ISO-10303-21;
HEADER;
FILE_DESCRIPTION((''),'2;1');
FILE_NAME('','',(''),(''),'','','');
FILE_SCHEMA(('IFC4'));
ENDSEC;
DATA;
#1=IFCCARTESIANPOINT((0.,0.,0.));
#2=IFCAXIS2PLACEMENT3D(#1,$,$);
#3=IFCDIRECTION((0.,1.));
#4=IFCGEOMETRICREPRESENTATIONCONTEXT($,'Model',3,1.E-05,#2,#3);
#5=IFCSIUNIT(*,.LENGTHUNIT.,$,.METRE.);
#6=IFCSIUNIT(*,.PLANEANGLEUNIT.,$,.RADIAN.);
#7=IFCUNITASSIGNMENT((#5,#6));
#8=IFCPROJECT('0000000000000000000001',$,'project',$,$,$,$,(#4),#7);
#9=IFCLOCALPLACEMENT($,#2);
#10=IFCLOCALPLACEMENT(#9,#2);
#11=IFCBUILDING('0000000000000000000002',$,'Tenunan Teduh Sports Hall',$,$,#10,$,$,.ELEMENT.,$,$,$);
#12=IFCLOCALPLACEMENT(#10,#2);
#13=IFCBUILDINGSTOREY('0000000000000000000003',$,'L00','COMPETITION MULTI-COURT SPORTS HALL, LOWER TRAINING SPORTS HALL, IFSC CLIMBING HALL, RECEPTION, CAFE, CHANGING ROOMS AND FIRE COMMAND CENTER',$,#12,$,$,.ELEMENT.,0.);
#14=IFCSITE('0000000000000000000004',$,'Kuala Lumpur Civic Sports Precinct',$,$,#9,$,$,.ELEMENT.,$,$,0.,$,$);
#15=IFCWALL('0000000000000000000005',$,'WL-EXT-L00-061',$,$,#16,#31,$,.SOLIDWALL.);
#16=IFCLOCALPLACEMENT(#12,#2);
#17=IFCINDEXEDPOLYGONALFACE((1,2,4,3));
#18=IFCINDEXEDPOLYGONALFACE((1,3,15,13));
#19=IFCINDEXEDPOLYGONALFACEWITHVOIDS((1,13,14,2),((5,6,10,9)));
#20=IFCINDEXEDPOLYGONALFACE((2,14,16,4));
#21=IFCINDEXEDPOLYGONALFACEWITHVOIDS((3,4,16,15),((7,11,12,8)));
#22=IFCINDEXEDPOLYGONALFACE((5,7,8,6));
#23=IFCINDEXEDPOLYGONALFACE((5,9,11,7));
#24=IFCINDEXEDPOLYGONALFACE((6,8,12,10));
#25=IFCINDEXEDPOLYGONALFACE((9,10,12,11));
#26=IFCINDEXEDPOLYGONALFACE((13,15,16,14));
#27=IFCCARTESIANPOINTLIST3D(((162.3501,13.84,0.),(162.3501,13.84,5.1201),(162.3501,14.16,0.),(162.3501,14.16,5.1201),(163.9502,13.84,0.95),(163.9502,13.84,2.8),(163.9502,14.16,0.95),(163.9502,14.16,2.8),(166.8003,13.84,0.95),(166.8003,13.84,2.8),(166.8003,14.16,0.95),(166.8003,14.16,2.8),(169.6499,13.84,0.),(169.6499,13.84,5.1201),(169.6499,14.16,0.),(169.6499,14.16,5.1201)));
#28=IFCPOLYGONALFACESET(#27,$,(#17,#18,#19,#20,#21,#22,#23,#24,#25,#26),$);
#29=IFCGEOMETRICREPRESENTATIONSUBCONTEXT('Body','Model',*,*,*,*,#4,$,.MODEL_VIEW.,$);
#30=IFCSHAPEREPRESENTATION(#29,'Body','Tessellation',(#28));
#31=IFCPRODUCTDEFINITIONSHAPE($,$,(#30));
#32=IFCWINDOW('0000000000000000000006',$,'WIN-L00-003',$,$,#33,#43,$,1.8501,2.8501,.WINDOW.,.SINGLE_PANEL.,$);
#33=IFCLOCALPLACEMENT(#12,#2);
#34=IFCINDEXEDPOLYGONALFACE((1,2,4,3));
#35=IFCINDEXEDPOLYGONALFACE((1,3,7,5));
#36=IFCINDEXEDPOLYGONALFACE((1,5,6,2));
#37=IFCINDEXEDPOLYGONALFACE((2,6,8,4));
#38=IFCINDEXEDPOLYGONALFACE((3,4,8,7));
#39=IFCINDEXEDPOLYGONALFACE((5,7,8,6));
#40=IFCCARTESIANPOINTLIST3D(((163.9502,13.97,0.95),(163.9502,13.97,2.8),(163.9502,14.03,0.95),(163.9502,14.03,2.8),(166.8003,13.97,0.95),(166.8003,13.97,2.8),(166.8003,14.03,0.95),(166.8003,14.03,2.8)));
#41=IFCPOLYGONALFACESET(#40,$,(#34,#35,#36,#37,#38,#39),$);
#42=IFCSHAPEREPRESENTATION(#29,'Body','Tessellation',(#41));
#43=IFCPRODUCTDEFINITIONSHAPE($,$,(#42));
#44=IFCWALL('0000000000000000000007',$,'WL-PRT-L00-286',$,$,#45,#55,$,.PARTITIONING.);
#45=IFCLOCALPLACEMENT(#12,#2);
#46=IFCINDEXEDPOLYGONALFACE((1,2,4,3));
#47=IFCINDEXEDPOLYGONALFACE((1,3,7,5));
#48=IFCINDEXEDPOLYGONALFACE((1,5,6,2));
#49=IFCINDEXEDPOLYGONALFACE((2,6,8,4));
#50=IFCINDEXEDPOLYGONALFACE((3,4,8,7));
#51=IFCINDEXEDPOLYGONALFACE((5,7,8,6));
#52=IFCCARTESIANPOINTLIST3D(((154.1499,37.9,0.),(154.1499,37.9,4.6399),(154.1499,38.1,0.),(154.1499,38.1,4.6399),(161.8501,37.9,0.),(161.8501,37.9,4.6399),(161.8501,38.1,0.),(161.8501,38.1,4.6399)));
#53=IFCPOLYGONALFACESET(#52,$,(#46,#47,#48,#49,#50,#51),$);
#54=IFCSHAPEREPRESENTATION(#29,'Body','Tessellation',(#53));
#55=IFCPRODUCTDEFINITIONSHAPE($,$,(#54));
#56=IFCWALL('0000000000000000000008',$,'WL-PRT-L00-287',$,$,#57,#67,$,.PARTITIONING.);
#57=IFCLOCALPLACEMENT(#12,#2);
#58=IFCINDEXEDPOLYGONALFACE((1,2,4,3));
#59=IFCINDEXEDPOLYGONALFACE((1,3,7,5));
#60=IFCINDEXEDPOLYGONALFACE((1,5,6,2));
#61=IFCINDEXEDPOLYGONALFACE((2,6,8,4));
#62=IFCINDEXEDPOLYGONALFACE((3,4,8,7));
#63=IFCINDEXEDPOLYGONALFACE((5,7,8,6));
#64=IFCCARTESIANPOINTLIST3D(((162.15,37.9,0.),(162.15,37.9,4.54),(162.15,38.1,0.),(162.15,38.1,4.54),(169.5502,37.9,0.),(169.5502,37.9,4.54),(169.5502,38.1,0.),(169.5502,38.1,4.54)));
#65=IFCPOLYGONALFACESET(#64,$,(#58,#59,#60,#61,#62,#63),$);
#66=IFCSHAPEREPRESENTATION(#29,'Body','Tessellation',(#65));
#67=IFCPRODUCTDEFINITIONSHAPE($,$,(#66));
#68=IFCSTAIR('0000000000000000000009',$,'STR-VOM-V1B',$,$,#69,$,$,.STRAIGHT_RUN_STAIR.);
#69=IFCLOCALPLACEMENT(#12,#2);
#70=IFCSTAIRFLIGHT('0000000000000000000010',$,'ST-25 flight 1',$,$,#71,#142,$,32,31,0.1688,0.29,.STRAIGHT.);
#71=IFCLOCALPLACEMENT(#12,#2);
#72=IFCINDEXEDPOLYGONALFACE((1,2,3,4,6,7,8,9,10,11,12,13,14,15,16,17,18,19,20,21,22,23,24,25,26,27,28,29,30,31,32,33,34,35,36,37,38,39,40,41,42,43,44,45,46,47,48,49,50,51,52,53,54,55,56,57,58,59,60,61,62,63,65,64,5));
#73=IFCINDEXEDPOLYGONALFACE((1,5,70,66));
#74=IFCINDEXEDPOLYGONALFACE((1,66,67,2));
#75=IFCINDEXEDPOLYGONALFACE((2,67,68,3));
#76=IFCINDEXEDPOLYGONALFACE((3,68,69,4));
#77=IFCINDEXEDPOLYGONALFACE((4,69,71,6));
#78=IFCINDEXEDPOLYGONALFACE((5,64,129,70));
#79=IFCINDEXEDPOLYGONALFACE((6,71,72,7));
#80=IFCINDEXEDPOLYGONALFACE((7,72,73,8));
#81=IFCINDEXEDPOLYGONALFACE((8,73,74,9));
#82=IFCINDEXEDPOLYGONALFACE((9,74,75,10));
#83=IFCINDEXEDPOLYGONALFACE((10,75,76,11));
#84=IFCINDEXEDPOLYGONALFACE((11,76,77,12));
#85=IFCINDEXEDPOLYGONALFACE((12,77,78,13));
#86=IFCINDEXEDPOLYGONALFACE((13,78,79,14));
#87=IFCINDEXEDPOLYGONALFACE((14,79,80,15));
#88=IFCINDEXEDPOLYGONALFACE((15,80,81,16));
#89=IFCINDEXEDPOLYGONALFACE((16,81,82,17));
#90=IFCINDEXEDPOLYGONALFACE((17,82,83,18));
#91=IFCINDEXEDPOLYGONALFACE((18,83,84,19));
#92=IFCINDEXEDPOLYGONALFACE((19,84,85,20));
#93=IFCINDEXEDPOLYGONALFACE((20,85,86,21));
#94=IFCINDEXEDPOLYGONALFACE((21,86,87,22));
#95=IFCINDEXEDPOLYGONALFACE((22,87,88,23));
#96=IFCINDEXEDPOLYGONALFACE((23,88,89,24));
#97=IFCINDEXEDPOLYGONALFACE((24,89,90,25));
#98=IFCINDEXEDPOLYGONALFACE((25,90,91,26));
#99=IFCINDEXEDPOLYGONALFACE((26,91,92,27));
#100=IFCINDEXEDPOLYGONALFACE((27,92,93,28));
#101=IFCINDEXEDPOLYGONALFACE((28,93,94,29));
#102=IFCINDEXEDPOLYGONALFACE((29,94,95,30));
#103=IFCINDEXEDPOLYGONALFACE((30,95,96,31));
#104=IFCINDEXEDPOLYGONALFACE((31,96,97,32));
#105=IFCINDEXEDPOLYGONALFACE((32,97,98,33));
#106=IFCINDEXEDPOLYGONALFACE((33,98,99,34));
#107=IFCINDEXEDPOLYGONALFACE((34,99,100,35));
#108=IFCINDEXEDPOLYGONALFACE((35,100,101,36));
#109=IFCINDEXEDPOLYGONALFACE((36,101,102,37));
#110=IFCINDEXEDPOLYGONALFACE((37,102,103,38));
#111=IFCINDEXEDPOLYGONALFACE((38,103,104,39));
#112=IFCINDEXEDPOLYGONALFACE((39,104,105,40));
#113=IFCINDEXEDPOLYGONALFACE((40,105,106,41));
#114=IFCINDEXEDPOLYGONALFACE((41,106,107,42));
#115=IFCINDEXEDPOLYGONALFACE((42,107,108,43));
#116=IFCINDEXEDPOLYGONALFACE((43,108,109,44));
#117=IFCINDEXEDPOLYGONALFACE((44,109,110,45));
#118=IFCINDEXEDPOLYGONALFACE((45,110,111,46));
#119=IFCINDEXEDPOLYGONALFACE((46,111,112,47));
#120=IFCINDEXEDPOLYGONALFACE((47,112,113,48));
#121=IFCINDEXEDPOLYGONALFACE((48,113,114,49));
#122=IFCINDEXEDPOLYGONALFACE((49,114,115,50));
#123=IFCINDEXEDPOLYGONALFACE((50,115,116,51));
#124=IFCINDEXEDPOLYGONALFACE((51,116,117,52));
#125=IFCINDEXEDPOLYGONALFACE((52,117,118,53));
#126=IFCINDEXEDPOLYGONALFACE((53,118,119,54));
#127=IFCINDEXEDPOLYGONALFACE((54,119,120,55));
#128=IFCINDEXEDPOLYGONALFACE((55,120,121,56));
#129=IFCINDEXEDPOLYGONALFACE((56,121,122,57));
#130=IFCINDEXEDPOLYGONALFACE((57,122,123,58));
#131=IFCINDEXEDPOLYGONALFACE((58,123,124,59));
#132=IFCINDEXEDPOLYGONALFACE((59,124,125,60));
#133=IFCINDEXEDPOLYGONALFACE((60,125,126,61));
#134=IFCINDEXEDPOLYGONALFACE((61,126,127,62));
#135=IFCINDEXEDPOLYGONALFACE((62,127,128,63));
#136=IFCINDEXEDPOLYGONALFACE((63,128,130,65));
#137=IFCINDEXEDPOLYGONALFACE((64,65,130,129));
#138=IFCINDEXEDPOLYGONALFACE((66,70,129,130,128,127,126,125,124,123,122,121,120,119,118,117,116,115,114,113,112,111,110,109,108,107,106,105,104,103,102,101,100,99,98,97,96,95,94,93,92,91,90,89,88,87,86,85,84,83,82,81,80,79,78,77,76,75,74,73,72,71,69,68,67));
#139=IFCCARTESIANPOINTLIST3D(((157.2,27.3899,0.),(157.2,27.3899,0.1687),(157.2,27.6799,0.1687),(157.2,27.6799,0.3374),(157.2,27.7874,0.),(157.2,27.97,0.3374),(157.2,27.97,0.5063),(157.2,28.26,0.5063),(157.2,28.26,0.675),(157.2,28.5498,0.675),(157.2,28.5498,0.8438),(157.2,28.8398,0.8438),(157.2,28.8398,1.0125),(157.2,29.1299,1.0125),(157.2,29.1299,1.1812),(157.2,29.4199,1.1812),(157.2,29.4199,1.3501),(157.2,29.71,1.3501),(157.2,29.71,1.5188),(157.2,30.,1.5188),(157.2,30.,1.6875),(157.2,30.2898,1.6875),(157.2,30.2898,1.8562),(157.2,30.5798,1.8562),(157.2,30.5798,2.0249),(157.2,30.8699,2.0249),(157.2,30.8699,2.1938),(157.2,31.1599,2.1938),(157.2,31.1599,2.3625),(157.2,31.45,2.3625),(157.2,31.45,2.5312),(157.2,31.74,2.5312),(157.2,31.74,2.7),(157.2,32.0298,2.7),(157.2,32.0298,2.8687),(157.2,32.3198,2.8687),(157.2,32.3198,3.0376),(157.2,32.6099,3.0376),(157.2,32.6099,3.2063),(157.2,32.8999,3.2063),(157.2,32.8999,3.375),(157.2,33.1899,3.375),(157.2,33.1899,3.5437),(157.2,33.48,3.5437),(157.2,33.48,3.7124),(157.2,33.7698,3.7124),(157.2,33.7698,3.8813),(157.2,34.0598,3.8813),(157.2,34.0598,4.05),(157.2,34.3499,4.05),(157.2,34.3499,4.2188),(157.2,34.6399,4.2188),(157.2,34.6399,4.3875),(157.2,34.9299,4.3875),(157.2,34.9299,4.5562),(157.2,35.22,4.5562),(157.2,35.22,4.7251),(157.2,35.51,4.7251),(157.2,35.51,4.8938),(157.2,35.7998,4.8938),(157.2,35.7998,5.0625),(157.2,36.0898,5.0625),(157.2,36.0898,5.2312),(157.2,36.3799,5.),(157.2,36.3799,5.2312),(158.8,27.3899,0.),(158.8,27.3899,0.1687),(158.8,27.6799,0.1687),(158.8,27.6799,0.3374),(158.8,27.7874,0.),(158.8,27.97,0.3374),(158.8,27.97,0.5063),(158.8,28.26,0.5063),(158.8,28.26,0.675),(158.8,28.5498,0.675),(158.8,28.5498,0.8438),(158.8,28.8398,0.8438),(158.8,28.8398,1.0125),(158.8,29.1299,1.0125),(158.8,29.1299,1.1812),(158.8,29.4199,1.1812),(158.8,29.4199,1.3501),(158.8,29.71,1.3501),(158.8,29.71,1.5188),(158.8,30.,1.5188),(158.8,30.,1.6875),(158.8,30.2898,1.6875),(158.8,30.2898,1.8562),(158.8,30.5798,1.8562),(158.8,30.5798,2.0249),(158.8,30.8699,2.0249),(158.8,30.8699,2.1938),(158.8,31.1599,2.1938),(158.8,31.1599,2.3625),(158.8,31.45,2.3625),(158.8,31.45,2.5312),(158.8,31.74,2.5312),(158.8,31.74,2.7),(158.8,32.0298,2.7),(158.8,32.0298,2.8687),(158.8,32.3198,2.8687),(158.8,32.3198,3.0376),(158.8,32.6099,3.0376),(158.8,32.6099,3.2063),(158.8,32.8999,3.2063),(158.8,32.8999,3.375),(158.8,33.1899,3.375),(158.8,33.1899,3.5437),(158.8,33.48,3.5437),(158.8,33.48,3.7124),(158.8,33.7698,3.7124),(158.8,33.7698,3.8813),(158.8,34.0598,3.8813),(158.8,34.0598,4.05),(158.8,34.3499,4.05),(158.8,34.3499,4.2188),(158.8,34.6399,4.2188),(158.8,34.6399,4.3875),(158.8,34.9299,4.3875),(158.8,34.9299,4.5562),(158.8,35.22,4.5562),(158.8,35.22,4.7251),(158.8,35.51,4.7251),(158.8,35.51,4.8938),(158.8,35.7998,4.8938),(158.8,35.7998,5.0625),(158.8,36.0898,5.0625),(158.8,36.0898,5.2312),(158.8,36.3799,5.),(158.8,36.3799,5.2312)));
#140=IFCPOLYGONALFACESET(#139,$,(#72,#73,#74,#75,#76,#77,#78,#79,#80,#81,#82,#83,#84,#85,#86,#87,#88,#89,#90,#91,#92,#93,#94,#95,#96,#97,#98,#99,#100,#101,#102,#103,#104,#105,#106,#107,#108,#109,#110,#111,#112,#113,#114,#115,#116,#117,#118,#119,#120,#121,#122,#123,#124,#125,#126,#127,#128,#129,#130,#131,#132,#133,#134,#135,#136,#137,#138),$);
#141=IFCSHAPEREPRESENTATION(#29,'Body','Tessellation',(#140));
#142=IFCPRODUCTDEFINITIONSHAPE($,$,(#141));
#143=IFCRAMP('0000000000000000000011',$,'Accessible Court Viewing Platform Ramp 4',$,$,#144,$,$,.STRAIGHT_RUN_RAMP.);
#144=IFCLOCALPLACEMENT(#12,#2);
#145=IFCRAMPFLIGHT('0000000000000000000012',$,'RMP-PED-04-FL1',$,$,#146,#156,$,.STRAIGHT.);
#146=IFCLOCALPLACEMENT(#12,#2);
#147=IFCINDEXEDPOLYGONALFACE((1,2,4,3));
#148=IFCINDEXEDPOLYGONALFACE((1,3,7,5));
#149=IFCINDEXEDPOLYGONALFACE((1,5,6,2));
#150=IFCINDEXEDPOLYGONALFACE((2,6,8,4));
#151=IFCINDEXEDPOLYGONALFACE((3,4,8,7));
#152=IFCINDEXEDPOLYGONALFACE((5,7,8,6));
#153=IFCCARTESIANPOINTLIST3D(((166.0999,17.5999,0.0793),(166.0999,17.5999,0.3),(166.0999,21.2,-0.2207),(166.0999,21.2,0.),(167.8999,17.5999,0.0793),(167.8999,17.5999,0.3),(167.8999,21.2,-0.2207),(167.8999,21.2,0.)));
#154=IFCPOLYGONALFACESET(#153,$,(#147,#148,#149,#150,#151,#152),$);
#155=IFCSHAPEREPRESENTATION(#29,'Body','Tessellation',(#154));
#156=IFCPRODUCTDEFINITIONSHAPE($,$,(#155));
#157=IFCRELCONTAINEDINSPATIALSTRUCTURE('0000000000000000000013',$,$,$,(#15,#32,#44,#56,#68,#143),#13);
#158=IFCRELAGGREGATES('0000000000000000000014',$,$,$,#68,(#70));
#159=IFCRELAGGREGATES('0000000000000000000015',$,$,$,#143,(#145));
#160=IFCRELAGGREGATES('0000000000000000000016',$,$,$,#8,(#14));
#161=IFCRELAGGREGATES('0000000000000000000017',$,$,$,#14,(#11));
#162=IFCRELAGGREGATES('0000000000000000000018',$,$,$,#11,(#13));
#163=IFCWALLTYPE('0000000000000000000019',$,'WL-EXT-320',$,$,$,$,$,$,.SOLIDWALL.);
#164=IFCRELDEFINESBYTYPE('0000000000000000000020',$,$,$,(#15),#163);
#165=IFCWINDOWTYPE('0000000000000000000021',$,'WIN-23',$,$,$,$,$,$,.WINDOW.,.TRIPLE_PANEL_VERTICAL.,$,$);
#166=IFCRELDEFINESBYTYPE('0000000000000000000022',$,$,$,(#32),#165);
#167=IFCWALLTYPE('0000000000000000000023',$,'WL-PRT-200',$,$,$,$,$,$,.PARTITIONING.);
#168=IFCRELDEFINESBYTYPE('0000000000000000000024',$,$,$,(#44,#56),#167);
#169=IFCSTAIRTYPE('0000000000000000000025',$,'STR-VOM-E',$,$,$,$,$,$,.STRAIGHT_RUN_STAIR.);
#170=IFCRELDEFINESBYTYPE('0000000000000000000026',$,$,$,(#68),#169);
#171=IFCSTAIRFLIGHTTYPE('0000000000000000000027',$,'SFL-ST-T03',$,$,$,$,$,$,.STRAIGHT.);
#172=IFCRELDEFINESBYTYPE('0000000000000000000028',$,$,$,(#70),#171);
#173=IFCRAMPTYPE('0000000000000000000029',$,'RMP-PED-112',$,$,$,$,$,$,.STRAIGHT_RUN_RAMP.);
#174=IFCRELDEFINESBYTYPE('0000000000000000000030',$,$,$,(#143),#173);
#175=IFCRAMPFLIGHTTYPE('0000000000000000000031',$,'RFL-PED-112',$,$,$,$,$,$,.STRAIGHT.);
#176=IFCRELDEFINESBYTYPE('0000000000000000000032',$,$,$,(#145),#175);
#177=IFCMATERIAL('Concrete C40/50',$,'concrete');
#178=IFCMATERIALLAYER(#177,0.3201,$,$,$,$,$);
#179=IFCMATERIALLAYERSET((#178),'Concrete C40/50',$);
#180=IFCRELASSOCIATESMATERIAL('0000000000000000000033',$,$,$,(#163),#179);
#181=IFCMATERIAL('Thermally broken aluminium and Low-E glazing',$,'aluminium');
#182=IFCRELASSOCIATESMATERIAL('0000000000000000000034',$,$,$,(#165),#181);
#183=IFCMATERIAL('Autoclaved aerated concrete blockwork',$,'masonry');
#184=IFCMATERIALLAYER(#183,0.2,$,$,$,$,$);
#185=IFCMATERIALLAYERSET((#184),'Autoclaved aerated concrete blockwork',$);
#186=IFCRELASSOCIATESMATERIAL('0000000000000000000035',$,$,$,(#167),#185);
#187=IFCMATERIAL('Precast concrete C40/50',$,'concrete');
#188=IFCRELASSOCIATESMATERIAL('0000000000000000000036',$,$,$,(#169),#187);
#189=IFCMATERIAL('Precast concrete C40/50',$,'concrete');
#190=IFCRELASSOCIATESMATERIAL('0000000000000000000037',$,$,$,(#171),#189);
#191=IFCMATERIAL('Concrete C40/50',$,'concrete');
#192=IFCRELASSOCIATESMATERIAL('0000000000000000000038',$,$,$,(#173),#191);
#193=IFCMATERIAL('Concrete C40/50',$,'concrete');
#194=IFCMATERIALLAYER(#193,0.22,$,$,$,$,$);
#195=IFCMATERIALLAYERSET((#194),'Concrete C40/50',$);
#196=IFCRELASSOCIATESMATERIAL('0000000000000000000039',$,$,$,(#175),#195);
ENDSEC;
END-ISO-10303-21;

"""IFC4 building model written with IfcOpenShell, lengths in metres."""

from ifc_helpers import new_model, si_unit, direction, frame, frame_2d, origin, place, context, subcontext, project, spatial, polyline, rectangle, outline, extrude, material, layer, layer_set, type_object, element, fill, aggregate, save


model = new_model("IFC4")

# Units and contexts
model_context = context("Model", 3, precision=1e-05, world=origin(), true_north=direction((0.0, 1.0)))
body_context = subcontext(model_context, "Body", "Model", "MODEL_VIEW")
ifc_project = project(units=[si_unit("LENGTHUNIT", "METRE"), si_unit("PLANEANGLEUNIT", "RADIAN")], contexts=[model_context])

# Site, building, storey
site_placement = place(None, origin())
site = spatial("IfcSite", under=ifc_project, at=site_placement, Name="Kuala Lumpur Civic Sports Precinct", CompositionType="ELEMENT", RefElevation=0.0)
building_placement = place(site_placement, origin())
building = spatial("IfcBuilding", under=site, at=building_placement, Name="Tenunan Teduh Sports Hall", CompositionType="ELEMENT")
storey_placement = place(building_placement, origin())
storey = spatial("IfcBuildingStorey", under=building, at=storey_placement, Name="L00", Description="COMPETITION MULTI-COURT SPORTS HALL, LOWER TRAINING SPORTS HALL, IFSC CLIMBING HALL, RECEPTION, CAFE, CHANGING ROOMS AND FIRE COMMAND CENTER", CompositionType="ELEMENT", Elevation=0.0)

# Wall, opening, window
ifc_material_1 = material(Name="Concrete C40/50", Category="concrete")
ifc_layer_1 = layer(ifc_material_1, 0.3201)
ifc_layer_set_1 = layer_set([ifc_layer_1], Name="Concrete C40/50")
wall_type_1 = type_object("IfcWallType", Name="WL-EXT-320", PredefinedType="SOLIDWALL", material=ifc_layer_set_1)
wall_1_placement = place(storey_placement, frame((162.3501, 14.0, 0.0), z_axis=(0.0, 0.0, 1.0), x_axis=(1.0, 0.0, 0.0)))
wall_1 = element("IfcWall", 1, at=wall_1_placement, inside=storey, type_object=wall_type_1, Name="WL-EXT-L00-061", PredefinedType="SOLIDWALL", context=body_context, shape_type="SweptSolid", body=[
    extrude(rectangle(XDim=7.2998, YDim=0.3201, at=frame_2d((3.6499, 0.0))), origin(), (0.0, 0.0, 1.0), 5.1201),
])
opening_1_placement = place(wall_1_placement, frame((1.6001, 0.0, 0.95)))
opening_1 = element("IfcOpeningElement", 2, at=opening_1_placement, cuts=wall_1, PredefinedType="OPENING", context=body_context, shape_type="SweptSolid", body=[
    extrude(rectangle(XDim=2.8501, YDim=1.8501, at=frame_2d((1.425, 0.925))), frame((0.0, 0.1699, 0.0), z_axis=(0.0, -1.0, 0.0), x_axis=(1.0, 0.0, 0.0)), (0.0, 0.0, 1.0), 0.3401),
])
ifc_material_2 = material(Name="Thermally broken aluminium and Low-E glazing", Category="aluminium")
window_type = type_object("IfcWindowType", Name="WIN-23", PartitioningType="TRIPLE_PANEL_VERTICAL", PredefinedType="WINDOW", material=ifc_material_2)
window_placement = place(opening_1_placement, origin())
window = element("IfcWindow", 3, at=window_placement, inside=storey, type_object=window_type, Name="WIN-L00-003", OverallHeight=1.8501, OverallWidth=2.8501, PartitioningType="SINGLE_PANEL", PredefinedType="WINDOW", context=body_context, shape_type="SweptSolid", body=[
    extrude(rectangle(XDim=2.8501, YDim=1.8501, at=frame_2d((1.425, 0.925))), frame((0.0, 0.03, 0.0), z_axis=(0.0, -1.0, 0.0), x_axis=(1.0, 0.0, 0.0)), (0.0, 0.0, 1.0), 0.0601),
])
fill(opening_1, window)

# Shared definitions
ifc_material_3 = material(Name="Autoclaved aerated concrete blockwork", Category="masonry")
ifc_layer_2 = layer(ifc_material_3, 0.2)
ifc_layer_set_2 = layer_set([ifc_layer_2], Name="Autoclaved aerated concrete blockwork")
wall_type_2 = type_object("IfcWallType", Name="WL-PRT-200", PredefinedType="PARTITIONING", material=ifc_layer_set_2)

# Walls
wall_2_placement = place(storey_placement, frame((154.1499, 38.0, 0.0), z_axis=(0.0, 0.0, 1.0), x_axis=(1.0, 0.0, 0.0)))
element("IfcWall", 4, at=wall_2_placement, inside=storey, type_object=wall_type_2, Name="WL-PRT-L00-286", PredefinedType="PARTITIONING", context=body_context, shape_type="SweptSolid", body=[
    extrude(rectangle(XDim=7.7002, YDim=0.2, at=frame_2d((3.8501, 0.0))), origin(), (0.0, 0.0, 1.0), 4.6399),
])
wall_3_placement = place(storey_placement, frame((162.1499, 38.0, 0.0), z_axis=(0.0, 0.0, 1.0), x_axis=(1.0, 0.0, 0.0)))
element("IfcWall", 5, at=wall_3_placement, inside=storey, type_object=wall_type_2, Name="WL-PRT-L00-287", PredefinedType="PARTITIONING", context=body_context, shape_type="SweptSolid", body=[
    extrude(rectangle(XDim=7.4001, YDim=0.2, at=frame_2d((3.7002, 0.0))), origin(), (0.0, 0.0, 1.0), 4.54),
])

# Stair, stair flight
ifc_material_4 = material(Name="Precast concrete C40/50", Category="concrete")
stair_type = type_object("IfcStairType", Name="STR-VOM-E", PredefinedType="STRAIGHT_RUN_STAIR", material=ifc_material_4)
stair_placement = place(storey_placement, origin())
stair = element("IfcStair", 6, at=stair_placement, inside=storey, type_object=stair_type, Name="STR-VOM-V1B", PredefinedType="STRAIGHT_RUN_STAIR")
ifc_material_5 = material(Name="Precast concrete C40/50", Category="concrete")
stair_flight_type = type_object("IfcStairFlightType", Name="SFL-ST-T03", PredefinedType="STRAIGHT", material=ifc_material_5)
stair_flight_placement = place(storey_placement, frame((158.0, 27.3899, 0.0), z_axis=(0.0, 0.0, 1.0), x_axis=(0.0, 1.0, 0.0)))
stair_flight = element("IfcStairFlight", 7, at=stair_flight_placement, type_object=stair_flight_type, Name="ST-25 flight 1", NumberOfRisers=32, NumberOfTreads=31, PredefinedType="STRAIGHT", RiserHeight=0.1688, TreadLength=0.29, context=body_context, shape_type="SweptSolid", body=[
    extrude(outline(polyline([(0.0, 0.0), (0.0, 0.1687), (0.29, 0.1687), (0.29, 0.3374), (0.5801, 0.3374), (0.5801, 0.5063), (0.8701, 0.5063), (0.8701, 0.675), (1.1599, 0.675), (1.1599, 0.8438), (1.45, 0.8438), (1.45, 1.0125), (1.74, 1.0125), (1.74, 1.1812), (2.03, 1.1812), (2.03, 1.3501), (2.3201, 1.3501), (2.3201, 1.5188), (2.6101, 1.5188), (2.6101, 1.6875), (2.8999, 1.6875), (2.8999, 1.8562), (3.1899, 1.8562), (3.1899, 2.0249), (3.48, 2.0249), (3.48, 2.1938), (3.77, 2.1938), (3.77, 2.3625), (4.0601, 2.3625), (4.0601, 2.5312), (4.3501, 2.5312), (4.3501, 2.7), (4.6399, 2.7), (4.6399, 2.8687), (4.9299, 2.8687), (4.9299, 3.0376), (5.22, 3.0376), (5.22, 3.2063), (5.51, 3.2063), (5.51, 3.375), (5.8, 3.375), (5.8, 3.5437), (6.0901, 3.5437), (6.0901, 3.7124), (6.3799, 3.7124), (6.3799, 3.8813), (6.6699, 3.8813), (6.6699, 4.05), (6.96, 4.05), (6.96, 4.2188), (7.25, 4.2188), (7.25, 4.3875), (7.54, 4.3875), (7.54, 4.5562), (7.8301, 4.5562), (7.8301, 4.7251), (8.1201, 4.7251), (8.1201, 4.8938), (8.4099, 4.8938), (8.4099, 5.0625), (8.7, 5.0625), (8.7, 5.2312), (8.99, 5.2312), (8.99, 5.3999), (8.99, 5.0), (0.3975, 0.0), (0.0, 0.0)])), frame((0.0, 0.8, 0.0), z_axis=(0.0, -1.0, 0.0), x_axis=(1.0, 0.0, 0.0)), (0.0, 0.0, 1.0), 1.6001),
])

# Ramp, ramp flight
ifc_material_6 = material(Name="Concrete C40/50", Category="concrete")
ramp_type = type_object("IfcRampType", Name="RMP-PED-112", PredefinedType="STRAIGHT_RUN_RAMP", material=ifc_material_6)
ramp_placement = place(storey_placement, origin())
ramp = element("IfcRamp", 8, at=ramp_placement, inside=storey, type_object=ramp_type, Name="Accessible Court Viewing Platform Ramp 4", PredefinedType="STRAIGHT_RUN_RAMP")
ifc_material_7 = material(Name="Concrete C40/50", Category="concrete")
ifc_layer_3 = layer(ifc_material_7, 0.22)
ifc_layer_set_3 = layer_set([ifc_layer_3], Name="Concrete C40/50")
ramp_flight_type = type_object("IfcRampFlightType", Name="RFL-PED-112", PredefinedType="STRAIGHT", material=ifc_layer_set_3)
ramp_flight_placement = place(storey_placement, frame((167.0, 21.2, 0.0), z_axis=(0.0, 0.0, 1.0), x_axis=(0.0, -1.0, 0.0)))
ramp_flight = element("IfcRampFlight", 9, at=ramp_flight_placement, type_object=ramp_flight_type, Name="RMP-PED-04-FL1", PredefinedType="STRAIGHT", context=body_context, shape_type="SweptSolid", body=[
    extrude(outline(polyline([(0.0, 0.0), (3.6001, 0.3), (3.6001, 0.0793), (0.0, -0.2207), (0.0, 0.0)])), frame((0.0, 0.8999, 0.0), z_axis=(0.0, -1.0, 0.0), x_axis=(1.0, 0.0, 0.0)), (0.0, 0.0, 1.0), 1.8),
])

aggregate(stair, [stair_flight])
aggregate(ramp, [ramp_flight])

save(model, "model.ifc")
